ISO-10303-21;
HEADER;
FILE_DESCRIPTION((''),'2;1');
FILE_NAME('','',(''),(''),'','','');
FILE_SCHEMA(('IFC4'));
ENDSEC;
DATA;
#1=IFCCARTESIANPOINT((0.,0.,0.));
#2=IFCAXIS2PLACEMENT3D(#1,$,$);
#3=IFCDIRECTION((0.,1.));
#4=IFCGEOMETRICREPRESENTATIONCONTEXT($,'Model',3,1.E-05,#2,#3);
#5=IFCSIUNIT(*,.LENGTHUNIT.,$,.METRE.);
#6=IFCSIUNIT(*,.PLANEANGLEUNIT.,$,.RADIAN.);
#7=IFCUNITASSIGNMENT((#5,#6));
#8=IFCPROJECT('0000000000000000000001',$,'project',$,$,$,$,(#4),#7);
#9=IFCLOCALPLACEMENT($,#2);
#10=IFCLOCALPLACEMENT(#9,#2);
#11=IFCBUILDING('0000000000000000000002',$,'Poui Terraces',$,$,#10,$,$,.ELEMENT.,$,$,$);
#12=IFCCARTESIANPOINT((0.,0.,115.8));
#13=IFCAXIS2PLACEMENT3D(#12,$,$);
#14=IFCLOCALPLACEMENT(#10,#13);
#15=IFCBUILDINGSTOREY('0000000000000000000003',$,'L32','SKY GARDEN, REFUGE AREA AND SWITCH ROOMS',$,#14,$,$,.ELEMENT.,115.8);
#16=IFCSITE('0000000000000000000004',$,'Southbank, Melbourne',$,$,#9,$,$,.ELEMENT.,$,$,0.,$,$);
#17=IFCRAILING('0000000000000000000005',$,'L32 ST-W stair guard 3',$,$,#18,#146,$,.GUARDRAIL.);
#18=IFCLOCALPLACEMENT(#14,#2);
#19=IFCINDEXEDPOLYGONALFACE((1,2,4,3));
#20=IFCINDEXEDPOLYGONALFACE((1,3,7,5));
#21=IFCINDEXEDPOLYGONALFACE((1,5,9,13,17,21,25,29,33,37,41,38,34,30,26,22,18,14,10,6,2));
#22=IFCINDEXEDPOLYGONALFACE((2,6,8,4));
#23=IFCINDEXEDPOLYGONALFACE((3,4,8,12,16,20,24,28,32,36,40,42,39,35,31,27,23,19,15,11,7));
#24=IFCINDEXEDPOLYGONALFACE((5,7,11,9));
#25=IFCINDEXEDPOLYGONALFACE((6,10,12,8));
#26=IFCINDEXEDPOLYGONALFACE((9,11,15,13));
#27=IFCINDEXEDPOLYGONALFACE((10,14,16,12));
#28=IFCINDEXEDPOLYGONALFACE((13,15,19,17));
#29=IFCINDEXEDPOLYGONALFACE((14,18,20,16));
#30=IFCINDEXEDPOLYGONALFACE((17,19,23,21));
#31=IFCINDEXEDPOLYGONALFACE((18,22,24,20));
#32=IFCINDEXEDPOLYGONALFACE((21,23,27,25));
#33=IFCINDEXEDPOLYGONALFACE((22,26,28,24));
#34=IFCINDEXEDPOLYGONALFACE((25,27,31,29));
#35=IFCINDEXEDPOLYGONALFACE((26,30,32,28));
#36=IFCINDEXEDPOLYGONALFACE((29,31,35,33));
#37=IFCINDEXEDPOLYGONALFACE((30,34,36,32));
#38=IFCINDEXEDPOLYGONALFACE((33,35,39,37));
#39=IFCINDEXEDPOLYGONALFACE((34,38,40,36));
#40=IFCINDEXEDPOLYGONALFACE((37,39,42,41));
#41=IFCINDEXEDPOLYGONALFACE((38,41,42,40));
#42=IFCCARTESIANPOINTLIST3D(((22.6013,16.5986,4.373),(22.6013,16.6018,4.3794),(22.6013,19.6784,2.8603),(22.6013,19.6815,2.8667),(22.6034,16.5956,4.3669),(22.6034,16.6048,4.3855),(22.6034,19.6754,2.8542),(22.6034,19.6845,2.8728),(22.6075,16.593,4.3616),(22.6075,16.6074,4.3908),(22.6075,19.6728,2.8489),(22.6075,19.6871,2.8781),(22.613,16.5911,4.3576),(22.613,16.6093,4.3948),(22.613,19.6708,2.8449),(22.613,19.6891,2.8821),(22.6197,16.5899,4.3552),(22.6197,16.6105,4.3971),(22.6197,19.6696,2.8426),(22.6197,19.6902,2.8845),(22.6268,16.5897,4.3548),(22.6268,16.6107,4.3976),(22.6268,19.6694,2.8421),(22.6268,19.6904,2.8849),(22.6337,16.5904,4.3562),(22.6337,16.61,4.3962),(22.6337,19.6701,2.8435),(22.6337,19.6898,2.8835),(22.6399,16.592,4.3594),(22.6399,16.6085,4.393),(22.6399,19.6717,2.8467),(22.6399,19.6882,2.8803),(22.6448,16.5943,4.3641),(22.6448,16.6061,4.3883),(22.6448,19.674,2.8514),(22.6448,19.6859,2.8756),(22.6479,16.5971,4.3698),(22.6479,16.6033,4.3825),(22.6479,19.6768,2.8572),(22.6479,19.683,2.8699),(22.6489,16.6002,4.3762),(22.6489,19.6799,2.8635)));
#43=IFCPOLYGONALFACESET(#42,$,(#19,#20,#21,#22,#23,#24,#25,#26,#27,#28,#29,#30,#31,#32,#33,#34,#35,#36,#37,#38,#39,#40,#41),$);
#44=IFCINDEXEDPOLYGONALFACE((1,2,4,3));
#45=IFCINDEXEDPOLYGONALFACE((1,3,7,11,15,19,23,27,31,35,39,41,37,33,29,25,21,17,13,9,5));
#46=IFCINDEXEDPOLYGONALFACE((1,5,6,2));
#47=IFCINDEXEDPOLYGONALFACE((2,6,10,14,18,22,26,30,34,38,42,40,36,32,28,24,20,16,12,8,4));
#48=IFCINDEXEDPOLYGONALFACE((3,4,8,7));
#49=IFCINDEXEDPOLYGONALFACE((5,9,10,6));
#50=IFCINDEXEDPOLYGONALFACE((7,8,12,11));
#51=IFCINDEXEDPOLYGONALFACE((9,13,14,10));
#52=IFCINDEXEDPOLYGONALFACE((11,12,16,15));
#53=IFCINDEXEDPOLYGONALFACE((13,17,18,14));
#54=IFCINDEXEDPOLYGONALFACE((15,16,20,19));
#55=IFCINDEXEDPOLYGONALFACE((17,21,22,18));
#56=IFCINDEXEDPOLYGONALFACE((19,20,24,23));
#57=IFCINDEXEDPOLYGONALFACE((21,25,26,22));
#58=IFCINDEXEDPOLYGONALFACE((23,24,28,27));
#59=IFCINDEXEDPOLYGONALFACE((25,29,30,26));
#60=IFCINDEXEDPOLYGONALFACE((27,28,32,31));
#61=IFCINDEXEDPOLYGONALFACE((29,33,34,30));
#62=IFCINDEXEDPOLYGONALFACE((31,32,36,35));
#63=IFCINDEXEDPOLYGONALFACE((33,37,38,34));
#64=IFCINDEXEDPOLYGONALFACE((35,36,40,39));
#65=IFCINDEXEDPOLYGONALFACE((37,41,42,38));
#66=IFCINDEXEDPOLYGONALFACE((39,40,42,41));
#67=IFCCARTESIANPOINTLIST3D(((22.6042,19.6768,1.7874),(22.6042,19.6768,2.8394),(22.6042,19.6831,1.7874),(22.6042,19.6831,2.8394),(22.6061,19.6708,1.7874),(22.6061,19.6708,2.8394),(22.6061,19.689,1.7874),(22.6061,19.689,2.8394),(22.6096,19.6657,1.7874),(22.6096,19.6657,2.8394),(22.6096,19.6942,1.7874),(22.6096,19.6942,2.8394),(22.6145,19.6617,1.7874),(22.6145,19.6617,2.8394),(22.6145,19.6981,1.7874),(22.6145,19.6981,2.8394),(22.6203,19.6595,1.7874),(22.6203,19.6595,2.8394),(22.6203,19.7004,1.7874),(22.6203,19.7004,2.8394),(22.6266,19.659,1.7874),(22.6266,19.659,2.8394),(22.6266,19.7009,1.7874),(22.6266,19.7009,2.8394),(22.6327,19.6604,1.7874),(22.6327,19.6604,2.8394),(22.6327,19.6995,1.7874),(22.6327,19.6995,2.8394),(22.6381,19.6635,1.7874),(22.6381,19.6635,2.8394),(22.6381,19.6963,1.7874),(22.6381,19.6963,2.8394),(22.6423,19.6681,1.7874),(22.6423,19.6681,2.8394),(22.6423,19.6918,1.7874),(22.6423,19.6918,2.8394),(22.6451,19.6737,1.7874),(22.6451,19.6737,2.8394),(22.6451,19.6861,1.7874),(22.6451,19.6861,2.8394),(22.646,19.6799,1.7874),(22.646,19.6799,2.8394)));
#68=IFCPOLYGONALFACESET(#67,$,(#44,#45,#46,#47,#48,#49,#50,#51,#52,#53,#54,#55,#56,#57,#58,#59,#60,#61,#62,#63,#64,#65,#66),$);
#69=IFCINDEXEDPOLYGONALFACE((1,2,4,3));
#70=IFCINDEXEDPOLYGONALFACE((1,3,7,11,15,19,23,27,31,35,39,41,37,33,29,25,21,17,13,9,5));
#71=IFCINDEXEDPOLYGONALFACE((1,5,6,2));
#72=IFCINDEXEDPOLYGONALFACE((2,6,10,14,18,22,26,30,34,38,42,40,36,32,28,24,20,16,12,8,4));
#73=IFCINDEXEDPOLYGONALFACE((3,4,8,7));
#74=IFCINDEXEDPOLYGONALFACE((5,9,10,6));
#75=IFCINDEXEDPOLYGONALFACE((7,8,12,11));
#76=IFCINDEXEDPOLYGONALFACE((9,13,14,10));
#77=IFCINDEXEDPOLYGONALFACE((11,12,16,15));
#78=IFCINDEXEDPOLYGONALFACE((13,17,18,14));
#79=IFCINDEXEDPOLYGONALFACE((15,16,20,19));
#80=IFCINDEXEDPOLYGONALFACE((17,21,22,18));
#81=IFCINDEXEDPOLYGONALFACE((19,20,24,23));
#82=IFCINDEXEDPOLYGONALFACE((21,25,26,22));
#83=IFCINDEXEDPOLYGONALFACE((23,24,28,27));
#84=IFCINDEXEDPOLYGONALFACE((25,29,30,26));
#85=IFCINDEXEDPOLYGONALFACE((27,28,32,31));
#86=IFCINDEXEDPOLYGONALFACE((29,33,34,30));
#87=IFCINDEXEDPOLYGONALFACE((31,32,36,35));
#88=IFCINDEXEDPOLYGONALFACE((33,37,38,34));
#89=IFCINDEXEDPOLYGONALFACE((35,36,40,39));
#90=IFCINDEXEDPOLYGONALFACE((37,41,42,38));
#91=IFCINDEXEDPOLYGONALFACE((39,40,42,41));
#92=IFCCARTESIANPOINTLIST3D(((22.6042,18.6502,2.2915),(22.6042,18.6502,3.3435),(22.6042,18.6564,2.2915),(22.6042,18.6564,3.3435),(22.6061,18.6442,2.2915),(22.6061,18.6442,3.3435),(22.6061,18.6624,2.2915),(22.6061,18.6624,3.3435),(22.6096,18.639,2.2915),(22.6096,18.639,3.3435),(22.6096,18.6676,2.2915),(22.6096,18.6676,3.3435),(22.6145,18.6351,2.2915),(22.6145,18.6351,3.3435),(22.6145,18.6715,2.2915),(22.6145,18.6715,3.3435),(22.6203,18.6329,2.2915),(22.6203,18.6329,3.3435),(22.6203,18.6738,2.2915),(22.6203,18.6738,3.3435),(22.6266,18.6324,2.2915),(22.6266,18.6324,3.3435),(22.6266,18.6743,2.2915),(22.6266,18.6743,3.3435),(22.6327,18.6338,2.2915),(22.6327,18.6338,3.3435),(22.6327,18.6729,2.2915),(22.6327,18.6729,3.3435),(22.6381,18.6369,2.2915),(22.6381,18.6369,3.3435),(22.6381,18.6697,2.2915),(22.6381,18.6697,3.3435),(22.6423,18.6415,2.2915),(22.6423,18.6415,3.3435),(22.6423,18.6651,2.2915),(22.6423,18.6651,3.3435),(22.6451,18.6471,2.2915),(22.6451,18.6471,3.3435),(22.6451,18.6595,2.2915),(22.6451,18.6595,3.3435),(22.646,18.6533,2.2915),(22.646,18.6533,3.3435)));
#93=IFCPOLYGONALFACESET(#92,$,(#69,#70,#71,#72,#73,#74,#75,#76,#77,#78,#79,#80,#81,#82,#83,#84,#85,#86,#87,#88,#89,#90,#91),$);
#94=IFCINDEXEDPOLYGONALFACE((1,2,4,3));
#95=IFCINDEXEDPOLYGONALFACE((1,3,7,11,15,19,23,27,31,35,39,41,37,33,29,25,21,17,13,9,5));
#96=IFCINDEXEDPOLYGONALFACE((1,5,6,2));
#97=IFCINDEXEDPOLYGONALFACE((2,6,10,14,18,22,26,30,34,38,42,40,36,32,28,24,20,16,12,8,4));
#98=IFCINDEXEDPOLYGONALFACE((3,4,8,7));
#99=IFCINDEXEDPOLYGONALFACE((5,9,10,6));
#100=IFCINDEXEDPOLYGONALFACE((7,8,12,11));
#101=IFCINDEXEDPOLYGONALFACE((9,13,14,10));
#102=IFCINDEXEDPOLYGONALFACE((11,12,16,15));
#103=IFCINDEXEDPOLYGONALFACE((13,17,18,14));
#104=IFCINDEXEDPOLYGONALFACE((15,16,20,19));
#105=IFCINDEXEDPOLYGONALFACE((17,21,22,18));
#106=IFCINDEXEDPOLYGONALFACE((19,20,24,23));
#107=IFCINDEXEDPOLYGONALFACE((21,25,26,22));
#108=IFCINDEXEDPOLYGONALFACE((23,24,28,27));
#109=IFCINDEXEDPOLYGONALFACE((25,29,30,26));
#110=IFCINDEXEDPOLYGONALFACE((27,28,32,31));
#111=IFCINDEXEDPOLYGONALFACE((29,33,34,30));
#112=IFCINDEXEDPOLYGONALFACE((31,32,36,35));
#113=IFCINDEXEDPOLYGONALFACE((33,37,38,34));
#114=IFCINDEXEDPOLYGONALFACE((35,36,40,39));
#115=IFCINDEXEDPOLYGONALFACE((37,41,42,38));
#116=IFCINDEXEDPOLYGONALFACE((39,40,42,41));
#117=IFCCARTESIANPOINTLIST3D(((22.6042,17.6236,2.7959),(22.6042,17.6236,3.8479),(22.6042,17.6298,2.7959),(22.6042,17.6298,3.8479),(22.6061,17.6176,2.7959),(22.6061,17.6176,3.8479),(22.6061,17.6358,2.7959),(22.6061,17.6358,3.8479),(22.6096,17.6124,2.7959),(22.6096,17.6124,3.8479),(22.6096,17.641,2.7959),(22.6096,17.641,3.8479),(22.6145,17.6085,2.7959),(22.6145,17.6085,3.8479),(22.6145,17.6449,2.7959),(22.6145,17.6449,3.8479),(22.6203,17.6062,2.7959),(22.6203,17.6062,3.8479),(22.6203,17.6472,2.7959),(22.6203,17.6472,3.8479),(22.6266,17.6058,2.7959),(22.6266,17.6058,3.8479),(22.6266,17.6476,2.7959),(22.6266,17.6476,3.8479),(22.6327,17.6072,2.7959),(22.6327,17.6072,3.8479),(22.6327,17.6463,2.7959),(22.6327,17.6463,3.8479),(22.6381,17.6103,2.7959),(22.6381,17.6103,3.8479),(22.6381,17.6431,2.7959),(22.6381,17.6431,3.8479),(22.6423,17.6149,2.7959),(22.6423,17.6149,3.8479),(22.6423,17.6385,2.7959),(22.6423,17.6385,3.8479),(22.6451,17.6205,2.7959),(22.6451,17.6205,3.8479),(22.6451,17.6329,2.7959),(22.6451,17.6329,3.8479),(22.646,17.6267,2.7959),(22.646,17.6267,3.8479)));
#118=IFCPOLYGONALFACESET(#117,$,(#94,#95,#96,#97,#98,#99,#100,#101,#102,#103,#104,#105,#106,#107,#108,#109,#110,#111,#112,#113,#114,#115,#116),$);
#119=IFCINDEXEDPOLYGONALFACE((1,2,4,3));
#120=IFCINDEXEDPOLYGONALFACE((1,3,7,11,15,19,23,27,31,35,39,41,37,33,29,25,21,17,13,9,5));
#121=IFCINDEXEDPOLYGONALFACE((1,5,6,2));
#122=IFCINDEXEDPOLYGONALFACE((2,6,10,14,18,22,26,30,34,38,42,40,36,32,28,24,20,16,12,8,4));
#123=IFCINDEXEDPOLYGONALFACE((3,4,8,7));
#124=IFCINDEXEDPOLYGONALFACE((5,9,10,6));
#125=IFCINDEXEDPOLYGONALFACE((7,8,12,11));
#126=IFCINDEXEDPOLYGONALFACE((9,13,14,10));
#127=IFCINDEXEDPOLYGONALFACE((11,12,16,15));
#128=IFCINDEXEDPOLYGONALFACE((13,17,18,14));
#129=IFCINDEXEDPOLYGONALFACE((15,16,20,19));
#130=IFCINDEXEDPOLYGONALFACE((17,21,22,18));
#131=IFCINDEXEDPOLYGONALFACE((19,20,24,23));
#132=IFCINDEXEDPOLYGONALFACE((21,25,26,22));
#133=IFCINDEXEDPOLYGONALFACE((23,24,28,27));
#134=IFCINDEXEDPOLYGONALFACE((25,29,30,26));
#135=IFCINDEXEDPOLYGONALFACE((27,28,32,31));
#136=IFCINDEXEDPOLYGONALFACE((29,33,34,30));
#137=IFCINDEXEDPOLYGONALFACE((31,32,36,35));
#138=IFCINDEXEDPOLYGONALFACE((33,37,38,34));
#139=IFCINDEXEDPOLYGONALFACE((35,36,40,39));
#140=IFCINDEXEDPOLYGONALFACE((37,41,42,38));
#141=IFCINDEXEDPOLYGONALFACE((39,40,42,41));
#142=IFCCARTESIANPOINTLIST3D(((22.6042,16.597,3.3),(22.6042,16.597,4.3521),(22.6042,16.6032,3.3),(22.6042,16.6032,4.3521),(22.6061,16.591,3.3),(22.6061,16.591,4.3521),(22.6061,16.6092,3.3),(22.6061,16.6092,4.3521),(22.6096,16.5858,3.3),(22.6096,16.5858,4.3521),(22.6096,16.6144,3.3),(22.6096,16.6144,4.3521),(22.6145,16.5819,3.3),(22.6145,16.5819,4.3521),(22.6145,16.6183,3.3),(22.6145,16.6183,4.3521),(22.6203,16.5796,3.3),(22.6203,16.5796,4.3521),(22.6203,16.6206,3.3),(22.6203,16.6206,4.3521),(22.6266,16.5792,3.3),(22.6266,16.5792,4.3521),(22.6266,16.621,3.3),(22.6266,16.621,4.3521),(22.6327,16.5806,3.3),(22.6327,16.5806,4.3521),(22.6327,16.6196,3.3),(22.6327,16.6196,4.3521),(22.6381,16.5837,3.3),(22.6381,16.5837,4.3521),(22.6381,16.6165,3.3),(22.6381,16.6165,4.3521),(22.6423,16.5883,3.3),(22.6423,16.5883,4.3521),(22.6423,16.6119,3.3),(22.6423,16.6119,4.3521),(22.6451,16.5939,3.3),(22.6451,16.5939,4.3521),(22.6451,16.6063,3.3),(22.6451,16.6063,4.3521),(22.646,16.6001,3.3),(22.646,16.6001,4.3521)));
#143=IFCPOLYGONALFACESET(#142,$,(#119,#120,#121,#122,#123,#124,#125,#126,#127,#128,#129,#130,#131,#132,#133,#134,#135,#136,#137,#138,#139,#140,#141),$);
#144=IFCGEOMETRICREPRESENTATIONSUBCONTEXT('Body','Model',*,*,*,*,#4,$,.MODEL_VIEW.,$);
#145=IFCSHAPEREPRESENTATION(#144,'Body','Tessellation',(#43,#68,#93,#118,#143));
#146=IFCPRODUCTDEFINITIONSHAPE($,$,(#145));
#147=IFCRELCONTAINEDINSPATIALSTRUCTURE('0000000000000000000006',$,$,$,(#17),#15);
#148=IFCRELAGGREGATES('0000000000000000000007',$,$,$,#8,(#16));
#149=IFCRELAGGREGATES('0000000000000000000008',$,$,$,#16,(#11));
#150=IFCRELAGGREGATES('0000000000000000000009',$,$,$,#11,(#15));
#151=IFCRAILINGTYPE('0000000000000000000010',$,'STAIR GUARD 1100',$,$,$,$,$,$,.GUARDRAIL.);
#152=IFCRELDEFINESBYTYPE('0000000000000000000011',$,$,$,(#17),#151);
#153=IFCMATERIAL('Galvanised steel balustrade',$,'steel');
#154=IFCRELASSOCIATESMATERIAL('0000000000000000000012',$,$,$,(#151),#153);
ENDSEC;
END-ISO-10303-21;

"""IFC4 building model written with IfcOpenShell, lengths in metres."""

from ifc_helpers import new_model, si_unit, direction, frame, origin, origin_2d, place, context, subcontext, project, spatial, circle, extrude, material, type_object, element, save


model = new_model("IFC4")

# Units and contexts
model_context = context("Model", 3, precision=1e-05, world=origin(), true_north=direction((0.0, 1.0)))
body_context = subcontext(model_context, "Body", "Model", "MODEL_VIEW")
ifc_project = project(units=[si_unit("LENGTHUNIT", "METRE"), si_unit("PLANEANGLEUNIT", "RADIAN")], contexts=[model_context])

# Site, building, storey
site_placement = place(None, origin())
site = spatial("IfcSite", under=ifc_project, at=site_placement, Name="Southbank, Melbourne", CompositionType="ELEMENT", RefElevation=0.0)
building_placement = place(site_placement, origin())
building = spatial("IfcBuilding", under=site, at=building_placement, Name="Poui Terraces", CompositionType="ELEMENT")
storey_placement = place(building_placement, frame((0.0, 0.0, 115.8)))
storey = spatial("IfcBuildingStorey", under=building, at=storey_placement, Name="L32", Description="SKY GARDEN, REFUGE AREA AND SWITCH ROOMS", CompositionType="ELEMENT", Elevation=115.8)

# Railing
ifc_material_1 = material(Name="Galvanised steel balustrade", Category="steel")
railing_type_1 = type_object("IfcRailingType", Name="STAIR GUARD 1100", PredefinedType="GUARDRAIL", material=ifc_material_1)
railing_1_placement = place(storey_placement, frame((22.625, 19.6799, 1.7874)))
element("IfcRailing", 1, at=railing_1_placement, inside=storey, type_object=railing_type_1, Name="L32 ST-W stair guard 3", PredefinedType="GUARDRAIL", context=body_context, shape_type="SweptSolid", body=[
    extrude(circle(Radius=0.0239, at=origin_2d()), frame((0.0, 0.0, 1.0762), z_axis=(0.0, -0.897578, 0.440856), x_axis=(1.0, 0.0, 0.0)), (0.0, 0.0, 1.0), 3.4312),
    extrude(circle(Radius=0.021, at=origin_2d()), origin(), (0.0, 0.0, 1.0), 1.052),
    extrude(circle(Radius=0.021, at=origin_2d()), frame((0.0, -1.0266, 0.5042)), (0.0, 0.0, 1.0), 1.052),
    extrude(circle(Radius=0.021, at=origin_2d()), frame((0.0, -2.0532, 1.0085)), (0.0, 0.0, 1.0), 1.052),
    extrude(circle(Radius=0.021, at=origin_2d()), frame((0.0, -3.0798, 1.5127)), (0.0, 0.0, 1.0), 1.052),
])

save(model, "model.ifc")
